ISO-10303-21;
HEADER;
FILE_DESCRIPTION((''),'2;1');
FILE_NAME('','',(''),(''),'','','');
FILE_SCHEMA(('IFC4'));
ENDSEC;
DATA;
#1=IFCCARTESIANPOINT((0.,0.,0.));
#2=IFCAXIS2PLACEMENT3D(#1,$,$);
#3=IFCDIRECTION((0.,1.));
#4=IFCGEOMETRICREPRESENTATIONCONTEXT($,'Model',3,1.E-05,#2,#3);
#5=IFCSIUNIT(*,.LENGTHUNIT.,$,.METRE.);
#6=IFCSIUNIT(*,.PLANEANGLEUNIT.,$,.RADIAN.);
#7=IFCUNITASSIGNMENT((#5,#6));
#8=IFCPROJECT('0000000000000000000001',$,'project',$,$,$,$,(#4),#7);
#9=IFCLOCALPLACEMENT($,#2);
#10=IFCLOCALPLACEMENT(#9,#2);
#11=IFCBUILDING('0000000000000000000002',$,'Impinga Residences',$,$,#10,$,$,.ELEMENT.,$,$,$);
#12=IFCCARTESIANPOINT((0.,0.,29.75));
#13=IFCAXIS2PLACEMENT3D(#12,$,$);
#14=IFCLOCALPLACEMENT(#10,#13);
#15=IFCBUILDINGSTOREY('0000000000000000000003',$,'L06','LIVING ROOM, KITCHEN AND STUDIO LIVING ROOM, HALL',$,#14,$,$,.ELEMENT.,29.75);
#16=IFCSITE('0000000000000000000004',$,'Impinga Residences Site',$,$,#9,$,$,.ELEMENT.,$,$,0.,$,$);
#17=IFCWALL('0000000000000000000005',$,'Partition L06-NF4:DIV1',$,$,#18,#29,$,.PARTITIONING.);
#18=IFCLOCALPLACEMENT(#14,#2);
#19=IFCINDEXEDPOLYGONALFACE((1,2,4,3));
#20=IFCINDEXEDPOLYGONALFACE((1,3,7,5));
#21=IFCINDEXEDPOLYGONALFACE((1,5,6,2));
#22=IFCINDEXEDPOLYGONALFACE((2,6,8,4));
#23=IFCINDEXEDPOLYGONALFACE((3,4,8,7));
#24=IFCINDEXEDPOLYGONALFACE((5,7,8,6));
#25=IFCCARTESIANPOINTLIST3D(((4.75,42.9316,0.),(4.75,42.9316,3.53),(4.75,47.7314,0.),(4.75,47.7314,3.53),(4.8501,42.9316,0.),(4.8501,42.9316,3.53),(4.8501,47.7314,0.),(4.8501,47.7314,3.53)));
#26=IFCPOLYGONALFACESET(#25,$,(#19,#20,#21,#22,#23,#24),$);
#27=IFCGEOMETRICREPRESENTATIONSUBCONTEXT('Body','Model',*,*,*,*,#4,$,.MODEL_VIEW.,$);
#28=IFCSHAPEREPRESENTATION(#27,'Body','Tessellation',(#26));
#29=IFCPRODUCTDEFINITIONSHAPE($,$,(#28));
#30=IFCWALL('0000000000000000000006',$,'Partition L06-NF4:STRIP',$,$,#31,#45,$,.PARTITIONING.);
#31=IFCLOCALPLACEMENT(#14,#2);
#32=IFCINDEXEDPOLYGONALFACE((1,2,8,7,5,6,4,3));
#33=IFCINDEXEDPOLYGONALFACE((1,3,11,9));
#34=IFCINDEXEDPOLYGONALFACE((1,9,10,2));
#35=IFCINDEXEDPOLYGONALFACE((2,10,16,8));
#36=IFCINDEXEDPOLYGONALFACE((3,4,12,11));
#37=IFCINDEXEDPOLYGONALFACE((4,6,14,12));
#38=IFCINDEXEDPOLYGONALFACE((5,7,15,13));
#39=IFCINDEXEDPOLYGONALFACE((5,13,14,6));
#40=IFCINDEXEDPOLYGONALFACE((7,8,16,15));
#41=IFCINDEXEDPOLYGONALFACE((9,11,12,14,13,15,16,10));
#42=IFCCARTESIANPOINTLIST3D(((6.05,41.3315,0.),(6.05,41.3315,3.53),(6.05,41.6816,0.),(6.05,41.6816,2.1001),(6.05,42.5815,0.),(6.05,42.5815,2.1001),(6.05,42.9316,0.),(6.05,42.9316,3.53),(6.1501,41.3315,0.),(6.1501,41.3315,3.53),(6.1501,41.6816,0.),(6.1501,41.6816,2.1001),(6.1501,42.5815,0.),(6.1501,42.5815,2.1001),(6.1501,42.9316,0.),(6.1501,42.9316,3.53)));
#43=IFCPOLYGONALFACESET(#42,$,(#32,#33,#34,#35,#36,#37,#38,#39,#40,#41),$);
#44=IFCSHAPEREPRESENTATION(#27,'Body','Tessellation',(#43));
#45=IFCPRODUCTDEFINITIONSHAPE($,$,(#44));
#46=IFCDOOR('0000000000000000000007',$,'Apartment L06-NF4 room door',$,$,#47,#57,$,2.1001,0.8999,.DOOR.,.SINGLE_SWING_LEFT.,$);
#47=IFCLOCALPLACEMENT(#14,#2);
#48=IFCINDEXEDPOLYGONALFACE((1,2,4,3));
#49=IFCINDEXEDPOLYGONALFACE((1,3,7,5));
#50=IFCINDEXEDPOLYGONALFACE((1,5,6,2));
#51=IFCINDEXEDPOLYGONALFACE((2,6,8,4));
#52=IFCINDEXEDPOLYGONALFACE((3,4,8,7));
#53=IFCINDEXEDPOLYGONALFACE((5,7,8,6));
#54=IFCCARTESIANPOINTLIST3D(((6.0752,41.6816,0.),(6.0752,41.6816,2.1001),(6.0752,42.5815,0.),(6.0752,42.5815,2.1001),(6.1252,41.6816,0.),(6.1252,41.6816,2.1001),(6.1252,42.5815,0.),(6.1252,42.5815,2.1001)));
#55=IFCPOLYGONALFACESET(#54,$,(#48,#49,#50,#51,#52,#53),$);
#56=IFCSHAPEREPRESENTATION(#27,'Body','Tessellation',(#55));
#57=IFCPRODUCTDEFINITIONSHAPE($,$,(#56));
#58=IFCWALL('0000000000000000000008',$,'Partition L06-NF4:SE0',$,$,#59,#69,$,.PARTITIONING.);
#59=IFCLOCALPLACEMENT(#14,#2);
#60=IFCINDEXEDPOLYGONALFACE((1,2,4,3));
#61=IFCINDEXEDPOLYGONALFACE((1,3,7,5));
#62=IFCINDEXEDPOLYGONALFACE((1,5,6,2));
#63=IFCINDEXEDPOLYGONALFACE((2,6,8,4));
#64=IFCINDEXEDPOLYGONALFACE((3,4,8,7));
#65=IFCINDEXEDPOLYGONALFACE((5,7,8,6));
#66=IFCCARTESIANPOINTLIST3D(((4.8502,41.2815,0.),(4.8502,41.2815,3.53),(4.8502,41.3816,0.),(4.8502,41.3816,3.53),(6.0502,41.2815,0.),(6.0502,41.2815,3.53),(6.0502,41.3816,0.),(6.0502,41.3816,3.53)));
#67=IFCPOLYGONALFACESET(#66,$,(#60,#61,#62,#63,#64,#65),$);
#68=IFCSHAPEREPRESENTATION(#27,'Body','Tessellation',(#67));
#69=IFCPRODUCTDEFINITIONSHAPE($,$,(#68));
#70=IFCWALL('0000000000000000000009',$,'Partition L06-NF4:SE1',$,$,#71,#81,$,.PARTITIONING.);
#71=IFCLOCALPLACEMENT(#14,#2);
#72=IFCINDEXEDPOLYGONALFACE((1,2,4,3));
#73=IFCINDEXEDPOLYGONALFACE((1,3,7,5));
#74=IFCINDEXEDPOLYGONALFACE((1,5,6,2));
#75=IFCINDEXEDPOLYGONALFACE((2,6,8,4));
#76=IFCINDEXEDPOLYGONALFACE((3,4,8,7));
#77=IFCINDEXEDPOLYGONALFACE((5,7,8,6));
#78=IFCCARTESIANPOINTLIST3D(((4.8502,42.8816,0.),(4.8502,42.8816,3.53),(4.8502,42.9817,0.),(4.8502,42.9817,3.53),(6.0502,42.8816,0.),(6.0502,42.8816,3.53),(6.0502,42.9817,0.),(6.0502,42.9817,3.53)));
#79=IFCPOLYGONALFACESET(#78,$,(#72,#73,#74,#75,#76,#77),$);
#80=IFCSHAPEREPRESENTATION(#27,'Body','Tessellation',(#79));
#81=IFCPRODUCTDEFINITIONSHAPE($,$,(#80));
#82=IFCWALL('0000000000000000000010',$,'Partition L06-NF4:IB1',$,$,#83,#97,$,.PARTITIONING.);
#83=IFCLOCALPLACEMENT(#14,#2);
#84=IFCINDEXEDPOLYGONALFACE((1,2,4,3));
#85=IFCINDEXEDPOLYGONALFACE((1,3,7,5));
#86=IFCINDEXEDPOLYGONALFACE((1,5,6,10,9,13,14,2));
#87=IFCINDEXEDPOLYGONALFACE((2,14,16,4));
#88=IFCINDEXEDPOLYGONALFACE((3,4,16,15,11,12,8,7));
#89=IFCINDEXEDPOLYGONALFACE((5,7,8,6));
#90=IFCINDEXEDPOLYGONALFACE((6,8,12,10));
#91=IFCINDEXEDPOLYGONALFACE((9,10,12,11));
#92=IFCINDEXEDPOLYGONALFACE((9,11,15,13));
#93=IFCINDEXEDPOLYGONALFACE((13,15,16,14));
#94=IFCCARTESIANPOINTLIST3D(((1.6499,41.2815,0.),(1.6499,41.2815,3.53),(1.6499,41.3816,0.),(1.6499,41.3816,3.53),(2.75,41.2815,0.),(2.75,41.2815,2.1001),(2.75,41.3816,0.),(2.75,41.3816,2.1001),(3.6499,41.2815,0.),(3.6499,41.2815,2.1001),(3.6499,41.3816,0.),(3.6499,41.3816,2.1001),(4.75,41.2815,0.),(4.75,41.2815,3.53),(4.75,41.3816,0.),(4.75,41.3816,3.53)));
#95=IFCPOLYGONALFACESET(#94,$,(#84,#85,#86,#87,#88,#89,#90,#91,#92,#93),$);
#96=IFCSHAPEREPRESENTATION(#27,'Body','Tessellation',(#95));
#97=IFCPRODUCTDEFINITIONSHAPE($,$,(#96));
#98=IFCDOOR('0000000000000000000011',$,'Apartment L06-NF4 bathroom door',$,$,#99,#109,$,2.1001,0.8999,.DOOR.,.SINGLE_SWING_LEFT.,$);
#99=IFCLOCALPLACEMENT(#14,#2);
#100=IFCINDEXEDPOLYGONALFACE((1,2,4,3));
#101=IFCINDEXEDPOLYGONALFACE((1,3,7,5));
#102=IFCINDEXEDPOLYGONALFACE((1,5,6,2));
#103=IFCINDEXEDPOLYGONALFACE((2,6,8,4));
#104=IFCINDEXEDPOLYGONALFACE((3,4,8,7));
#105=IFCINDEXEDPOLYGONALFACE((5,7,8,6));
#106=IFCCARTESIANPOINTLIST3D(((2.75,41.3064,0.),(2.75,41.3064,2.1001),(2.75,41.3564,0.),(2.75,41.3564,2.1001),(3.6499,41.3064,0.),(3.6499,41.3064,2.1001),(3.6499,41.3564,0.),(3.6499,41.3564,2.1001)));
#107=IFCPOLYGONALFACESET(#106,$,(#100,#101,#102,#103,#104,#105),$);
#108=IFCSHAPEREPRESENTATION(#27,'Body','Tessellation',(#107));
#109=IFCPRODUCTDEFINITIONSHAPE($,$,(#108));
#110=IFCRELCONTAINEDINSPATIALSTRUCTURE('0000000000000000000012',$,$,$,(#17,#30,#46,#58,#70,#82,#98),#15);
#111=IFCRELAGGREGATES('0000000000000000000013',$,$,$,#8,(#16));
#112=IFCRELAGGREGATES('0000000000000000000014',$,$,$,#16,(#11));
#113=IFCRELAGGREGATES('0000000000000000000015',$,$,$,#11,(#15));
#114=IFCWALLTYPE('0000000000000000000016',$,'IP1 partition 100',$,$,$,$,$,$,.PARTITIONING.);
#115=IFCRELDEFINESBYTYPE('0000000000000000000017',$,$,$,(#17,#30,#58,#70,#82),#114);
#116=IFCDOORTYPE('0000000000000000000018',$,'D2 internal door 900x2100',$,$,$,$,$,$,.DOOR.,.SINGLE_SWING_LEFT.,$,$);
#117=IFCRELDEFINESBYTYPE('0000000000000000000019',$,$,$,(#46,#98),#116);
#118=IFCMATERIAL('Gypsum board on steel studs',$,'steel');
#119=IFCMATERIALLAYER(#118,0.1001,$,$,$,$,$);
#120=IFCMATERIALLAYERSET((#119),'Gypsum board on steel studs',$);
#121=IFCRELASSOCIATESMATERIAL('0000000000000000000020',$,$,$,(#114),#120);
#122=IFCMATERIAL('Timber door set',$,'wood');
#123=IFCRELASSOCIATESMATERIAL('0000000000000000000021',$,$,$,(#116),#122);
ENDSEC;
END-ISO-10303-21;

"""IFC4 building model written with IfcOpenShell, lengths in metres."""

from ifc_helpers import new_model, si_unit, direction, frame, frame_2d, origin, place, context, subcontext, project, spatial, rectangle, extrude, material, layer, layer_set, type_object, element, fill, save


model = new_model("IFC4")

# Units and contexts
model_context = context("Model", 3, precision=1e-05, world=origin(), true_north=direction((0.0, 1.0)))
body_context = subcontext(model_context, "Body", "Model", "MODEL_VIEW")
ifc_project = project(units=[si_unit("LENGTHUNIT", "METRE"), si_unit("PLANEANGLEUNIT", "RADIAN")], contexts=[model_context])

# Site, building, storey
site_placement = place(None, origin())
site = spatial("IfcSite", under=ifc_project, at=site_placement, Name="Impinga Residences Site", CompositionType="ELEMENT", RefElevation=0.0)
building_placement = place(site_placement, origin())
building = spatial("IfcBuilding", under=site, at=building_placement, Name="Impinga Residences", CompositionType="ELEMENT")
storey_placement = place(building_placement, frame((0.0, 0.0, 29.75)))
storey = spatial("IfcBuildingStorey", under=building, at=storey_placement, Name="L06", Description="LIVING ROOM, KITCHEN AND STUDIO LIVING ROOM, HALL", CompositionType="ELEMENT", Elevation=29.75)

# Wall
ifc_material_1 = material(Name="Gypsum board on steel studs", Category="steel")
ifc_layer_1 = layer(ifc_material_1, 0.1001)
ifc_layer_set_1 = layer_set([ifc_layer_1], Name="Gypsum board on steel studs")
wall_type_1 = type_object("IfcWallType", Name="IP1 partition 100", PredefinedType="PARTITIONING", material=ifc_layer_set_1)
wall_1_placement = place(storey_placement, frame((4.8, 42.9316, 0.0), z_axis=(0.0, 0.0, 1.0), x_axis=(0.0, 1.0, 0.0)))
element("IfcWall", 1, at=wall_1_placement, inside=storey, type_object=wall_type_1, Name="Partition L06-NF4:DIV1", PredefinedType="PARTITIONING", context=body_context, shape_type="SweptSolid", body=[
    extrude(rectangle(XDim=4.7998, YDim=0.1001, at=frame_2d((2.3999, 0.0))), origin(), (0.0, 0.0, 1.0), 3.53),
])

# Wall, opening, door
wall_2_placement = place(storey_placement, frame((6.1001, 41.3315, 0.0), z_axis=(0.0, 0.0, 1.0), x_axis=(0.0, 1.0, 0.0)))
wall_2 = element("IfcWall", 2, at=wall_2_placement, inside=storey, type_object=wall_type_1, Name="Partition L06-NF4:STRIP", PredefinedType="PARTITIONING", context=body_context, shape_type="SweptSolid", body=[
    extrude(rectangle(XDim=1.6001, YDim=0.1001, at=frame_2d((0.8, 0.0))), origin(), (0.0, 0.0, 1.0), 3.53),
])
opening_1_placement = place(wall_2_placement, frame((0.3501, 0.0, 0.0)))
opening_1 = element("IfcOpeningElement", 3, at=opening_1_placement, cuts=wall_2, PredefinedType="OPENING", context=body_context, shape_type="SweptSolid", body=[
    extrude(rectangle(XDim=0.8999, YDim=2.1001, at=frame_2d((0.45, 1.05))), frame((0.0, 0.0601, 0.0), z_axis=(0.0, -1.0, 0.0), x_axis=(1.0, 0.0, 0.0)), (0.0, 0.0, 1.0), 0.1201),
])
ifc_material_2 = material(Name="Timber door set", Category="wood")
door_type = type_object("IfcDoorType", Name="D2 internal door 900x2100", OperationType="SINGLE_SWING_LEFT", PredefinedType="DOOR", material=ifc_material_2)
door_1_placement = place(opening_1_placement, origin())
door_1 = element("IfcDoor", 4, at=door_1_placement, inside=storey, type_object=door_type, Name="Apartment L06-NF4 room door", OperationType="SINGLE_SWING_LEFT", OverallHeight=2.1001, OverallWidth=0.8999, PredefinedType="DOOR", context=body_context, shape_type="SweptSolid", body=[
    extrude(rectangle(XDim=0.8999, YDim=2.1001, at=frame_2d((0.45, 1.05))), frame((0.0, 0.0249, 0.0), z_axis=(0.0, -1.0, 0.0), x_axis=(1.0, 0.0, 0.0)), (0.0, 0.0, 1.0), 0.05),
])
fill(opening_1, door_1)

# Walls
for number, where, z_axis, x_axis, name in (
    (5, (4.8501, 41.3315, 0.0), (0.0, 0.0, 1.0), (1.0, 0.0, 0.0), "Partition L06-NF4:SE0"),
    (6, (4.8501, 42.9316, 0.0), (0.0, 0.0, 1.0), (1.0, 0.0, 0.0), "Partition L06-NF4:SE1"),
):
    element("IfcWall", number, at=place(storey_placement, frame(where, z_axis=z_axis, x_axis=x_axis)), inside=storey, type_object=wall_type_1, Name=name, PredefinedType="PARTITIONING", context=body_context, shape_type="SweptSolid", body=[
        extrude(rectangle(XDim=1.2, YDim=0.1001, at=frame_2d((0.6001, 0.0))), origin(), (0.0, 0.0, 1.0), 3.53),
    ])

# Wall, opening, door
wall_3_placement = place(storey_placement, frame((1.6499, 41.3315, 0.0), z_axis=(0.0, 0.0, 1.0), x_axis=(1.0, 0.0, 0.0)))
wall_3 = element("IfcWall", 7, at=wall_3_placement, inside=storey, type_object=wall_type_1, Name="Partition L06-NF4:IB1", PredefinedType="PARTITIONING", context=body_context, shape_type="SweptSolid", body=[
    extrude(rectangle(XDim=3.1001, YDim=0.1001, at=frame_2d((1.55, 0.0))), origin(), (0.0, 0.0, 1.0), 3.53),
])
opening_2_placement = place(wall_3_placement, frame((1.1001, 0.0, 0.0)))
opening_2 = element("IfcOpeningElement", 8, at=opening_2_placement, cuts=wall_3, PredefinedType="OPENING", context=body_context, shape_type="SweptSolid", body=[
    extrude(rectangle(XDim=0.8999, YDim=2.1001, at=frame_2d((0.45, 1.05))), frame((0.0, 0.0601, 0.0), z_axis=(0.0, -1.0, 0.0), x_axis=(1.0, 0.0, 0.0)), (0.0, 0.0, 1.0), 0.1201),
])
door_2_placement = place(opening_2_placement, origin())
door_2 = element("IfcDoor", 9, at=door_2_placement, inside=storey, type_object=door_type, Name="Apartment L06-NF4 bathroom door", OperationType="SINGLE_SWING_LEFT", OverallHeight=2.1001, OverallWidth=0.8999, PredefinedType="DOOR", context=body_context, shape_type="SweptSolid", body=[
    extrude(rectangle(XDim=0.8999, YDim=2.1001, at=frame_2d((0.45, 1.05))), frame((0.0, 0.0249, 0.0), z_axis=(0.0, -1.0, 0.0), x_axis=(1.0, 0.0, 0.0)), (0.0, 0.0, 1.0), 0.05),
])
fill(opening_2, door_2)

save(model, "model.ifc")
